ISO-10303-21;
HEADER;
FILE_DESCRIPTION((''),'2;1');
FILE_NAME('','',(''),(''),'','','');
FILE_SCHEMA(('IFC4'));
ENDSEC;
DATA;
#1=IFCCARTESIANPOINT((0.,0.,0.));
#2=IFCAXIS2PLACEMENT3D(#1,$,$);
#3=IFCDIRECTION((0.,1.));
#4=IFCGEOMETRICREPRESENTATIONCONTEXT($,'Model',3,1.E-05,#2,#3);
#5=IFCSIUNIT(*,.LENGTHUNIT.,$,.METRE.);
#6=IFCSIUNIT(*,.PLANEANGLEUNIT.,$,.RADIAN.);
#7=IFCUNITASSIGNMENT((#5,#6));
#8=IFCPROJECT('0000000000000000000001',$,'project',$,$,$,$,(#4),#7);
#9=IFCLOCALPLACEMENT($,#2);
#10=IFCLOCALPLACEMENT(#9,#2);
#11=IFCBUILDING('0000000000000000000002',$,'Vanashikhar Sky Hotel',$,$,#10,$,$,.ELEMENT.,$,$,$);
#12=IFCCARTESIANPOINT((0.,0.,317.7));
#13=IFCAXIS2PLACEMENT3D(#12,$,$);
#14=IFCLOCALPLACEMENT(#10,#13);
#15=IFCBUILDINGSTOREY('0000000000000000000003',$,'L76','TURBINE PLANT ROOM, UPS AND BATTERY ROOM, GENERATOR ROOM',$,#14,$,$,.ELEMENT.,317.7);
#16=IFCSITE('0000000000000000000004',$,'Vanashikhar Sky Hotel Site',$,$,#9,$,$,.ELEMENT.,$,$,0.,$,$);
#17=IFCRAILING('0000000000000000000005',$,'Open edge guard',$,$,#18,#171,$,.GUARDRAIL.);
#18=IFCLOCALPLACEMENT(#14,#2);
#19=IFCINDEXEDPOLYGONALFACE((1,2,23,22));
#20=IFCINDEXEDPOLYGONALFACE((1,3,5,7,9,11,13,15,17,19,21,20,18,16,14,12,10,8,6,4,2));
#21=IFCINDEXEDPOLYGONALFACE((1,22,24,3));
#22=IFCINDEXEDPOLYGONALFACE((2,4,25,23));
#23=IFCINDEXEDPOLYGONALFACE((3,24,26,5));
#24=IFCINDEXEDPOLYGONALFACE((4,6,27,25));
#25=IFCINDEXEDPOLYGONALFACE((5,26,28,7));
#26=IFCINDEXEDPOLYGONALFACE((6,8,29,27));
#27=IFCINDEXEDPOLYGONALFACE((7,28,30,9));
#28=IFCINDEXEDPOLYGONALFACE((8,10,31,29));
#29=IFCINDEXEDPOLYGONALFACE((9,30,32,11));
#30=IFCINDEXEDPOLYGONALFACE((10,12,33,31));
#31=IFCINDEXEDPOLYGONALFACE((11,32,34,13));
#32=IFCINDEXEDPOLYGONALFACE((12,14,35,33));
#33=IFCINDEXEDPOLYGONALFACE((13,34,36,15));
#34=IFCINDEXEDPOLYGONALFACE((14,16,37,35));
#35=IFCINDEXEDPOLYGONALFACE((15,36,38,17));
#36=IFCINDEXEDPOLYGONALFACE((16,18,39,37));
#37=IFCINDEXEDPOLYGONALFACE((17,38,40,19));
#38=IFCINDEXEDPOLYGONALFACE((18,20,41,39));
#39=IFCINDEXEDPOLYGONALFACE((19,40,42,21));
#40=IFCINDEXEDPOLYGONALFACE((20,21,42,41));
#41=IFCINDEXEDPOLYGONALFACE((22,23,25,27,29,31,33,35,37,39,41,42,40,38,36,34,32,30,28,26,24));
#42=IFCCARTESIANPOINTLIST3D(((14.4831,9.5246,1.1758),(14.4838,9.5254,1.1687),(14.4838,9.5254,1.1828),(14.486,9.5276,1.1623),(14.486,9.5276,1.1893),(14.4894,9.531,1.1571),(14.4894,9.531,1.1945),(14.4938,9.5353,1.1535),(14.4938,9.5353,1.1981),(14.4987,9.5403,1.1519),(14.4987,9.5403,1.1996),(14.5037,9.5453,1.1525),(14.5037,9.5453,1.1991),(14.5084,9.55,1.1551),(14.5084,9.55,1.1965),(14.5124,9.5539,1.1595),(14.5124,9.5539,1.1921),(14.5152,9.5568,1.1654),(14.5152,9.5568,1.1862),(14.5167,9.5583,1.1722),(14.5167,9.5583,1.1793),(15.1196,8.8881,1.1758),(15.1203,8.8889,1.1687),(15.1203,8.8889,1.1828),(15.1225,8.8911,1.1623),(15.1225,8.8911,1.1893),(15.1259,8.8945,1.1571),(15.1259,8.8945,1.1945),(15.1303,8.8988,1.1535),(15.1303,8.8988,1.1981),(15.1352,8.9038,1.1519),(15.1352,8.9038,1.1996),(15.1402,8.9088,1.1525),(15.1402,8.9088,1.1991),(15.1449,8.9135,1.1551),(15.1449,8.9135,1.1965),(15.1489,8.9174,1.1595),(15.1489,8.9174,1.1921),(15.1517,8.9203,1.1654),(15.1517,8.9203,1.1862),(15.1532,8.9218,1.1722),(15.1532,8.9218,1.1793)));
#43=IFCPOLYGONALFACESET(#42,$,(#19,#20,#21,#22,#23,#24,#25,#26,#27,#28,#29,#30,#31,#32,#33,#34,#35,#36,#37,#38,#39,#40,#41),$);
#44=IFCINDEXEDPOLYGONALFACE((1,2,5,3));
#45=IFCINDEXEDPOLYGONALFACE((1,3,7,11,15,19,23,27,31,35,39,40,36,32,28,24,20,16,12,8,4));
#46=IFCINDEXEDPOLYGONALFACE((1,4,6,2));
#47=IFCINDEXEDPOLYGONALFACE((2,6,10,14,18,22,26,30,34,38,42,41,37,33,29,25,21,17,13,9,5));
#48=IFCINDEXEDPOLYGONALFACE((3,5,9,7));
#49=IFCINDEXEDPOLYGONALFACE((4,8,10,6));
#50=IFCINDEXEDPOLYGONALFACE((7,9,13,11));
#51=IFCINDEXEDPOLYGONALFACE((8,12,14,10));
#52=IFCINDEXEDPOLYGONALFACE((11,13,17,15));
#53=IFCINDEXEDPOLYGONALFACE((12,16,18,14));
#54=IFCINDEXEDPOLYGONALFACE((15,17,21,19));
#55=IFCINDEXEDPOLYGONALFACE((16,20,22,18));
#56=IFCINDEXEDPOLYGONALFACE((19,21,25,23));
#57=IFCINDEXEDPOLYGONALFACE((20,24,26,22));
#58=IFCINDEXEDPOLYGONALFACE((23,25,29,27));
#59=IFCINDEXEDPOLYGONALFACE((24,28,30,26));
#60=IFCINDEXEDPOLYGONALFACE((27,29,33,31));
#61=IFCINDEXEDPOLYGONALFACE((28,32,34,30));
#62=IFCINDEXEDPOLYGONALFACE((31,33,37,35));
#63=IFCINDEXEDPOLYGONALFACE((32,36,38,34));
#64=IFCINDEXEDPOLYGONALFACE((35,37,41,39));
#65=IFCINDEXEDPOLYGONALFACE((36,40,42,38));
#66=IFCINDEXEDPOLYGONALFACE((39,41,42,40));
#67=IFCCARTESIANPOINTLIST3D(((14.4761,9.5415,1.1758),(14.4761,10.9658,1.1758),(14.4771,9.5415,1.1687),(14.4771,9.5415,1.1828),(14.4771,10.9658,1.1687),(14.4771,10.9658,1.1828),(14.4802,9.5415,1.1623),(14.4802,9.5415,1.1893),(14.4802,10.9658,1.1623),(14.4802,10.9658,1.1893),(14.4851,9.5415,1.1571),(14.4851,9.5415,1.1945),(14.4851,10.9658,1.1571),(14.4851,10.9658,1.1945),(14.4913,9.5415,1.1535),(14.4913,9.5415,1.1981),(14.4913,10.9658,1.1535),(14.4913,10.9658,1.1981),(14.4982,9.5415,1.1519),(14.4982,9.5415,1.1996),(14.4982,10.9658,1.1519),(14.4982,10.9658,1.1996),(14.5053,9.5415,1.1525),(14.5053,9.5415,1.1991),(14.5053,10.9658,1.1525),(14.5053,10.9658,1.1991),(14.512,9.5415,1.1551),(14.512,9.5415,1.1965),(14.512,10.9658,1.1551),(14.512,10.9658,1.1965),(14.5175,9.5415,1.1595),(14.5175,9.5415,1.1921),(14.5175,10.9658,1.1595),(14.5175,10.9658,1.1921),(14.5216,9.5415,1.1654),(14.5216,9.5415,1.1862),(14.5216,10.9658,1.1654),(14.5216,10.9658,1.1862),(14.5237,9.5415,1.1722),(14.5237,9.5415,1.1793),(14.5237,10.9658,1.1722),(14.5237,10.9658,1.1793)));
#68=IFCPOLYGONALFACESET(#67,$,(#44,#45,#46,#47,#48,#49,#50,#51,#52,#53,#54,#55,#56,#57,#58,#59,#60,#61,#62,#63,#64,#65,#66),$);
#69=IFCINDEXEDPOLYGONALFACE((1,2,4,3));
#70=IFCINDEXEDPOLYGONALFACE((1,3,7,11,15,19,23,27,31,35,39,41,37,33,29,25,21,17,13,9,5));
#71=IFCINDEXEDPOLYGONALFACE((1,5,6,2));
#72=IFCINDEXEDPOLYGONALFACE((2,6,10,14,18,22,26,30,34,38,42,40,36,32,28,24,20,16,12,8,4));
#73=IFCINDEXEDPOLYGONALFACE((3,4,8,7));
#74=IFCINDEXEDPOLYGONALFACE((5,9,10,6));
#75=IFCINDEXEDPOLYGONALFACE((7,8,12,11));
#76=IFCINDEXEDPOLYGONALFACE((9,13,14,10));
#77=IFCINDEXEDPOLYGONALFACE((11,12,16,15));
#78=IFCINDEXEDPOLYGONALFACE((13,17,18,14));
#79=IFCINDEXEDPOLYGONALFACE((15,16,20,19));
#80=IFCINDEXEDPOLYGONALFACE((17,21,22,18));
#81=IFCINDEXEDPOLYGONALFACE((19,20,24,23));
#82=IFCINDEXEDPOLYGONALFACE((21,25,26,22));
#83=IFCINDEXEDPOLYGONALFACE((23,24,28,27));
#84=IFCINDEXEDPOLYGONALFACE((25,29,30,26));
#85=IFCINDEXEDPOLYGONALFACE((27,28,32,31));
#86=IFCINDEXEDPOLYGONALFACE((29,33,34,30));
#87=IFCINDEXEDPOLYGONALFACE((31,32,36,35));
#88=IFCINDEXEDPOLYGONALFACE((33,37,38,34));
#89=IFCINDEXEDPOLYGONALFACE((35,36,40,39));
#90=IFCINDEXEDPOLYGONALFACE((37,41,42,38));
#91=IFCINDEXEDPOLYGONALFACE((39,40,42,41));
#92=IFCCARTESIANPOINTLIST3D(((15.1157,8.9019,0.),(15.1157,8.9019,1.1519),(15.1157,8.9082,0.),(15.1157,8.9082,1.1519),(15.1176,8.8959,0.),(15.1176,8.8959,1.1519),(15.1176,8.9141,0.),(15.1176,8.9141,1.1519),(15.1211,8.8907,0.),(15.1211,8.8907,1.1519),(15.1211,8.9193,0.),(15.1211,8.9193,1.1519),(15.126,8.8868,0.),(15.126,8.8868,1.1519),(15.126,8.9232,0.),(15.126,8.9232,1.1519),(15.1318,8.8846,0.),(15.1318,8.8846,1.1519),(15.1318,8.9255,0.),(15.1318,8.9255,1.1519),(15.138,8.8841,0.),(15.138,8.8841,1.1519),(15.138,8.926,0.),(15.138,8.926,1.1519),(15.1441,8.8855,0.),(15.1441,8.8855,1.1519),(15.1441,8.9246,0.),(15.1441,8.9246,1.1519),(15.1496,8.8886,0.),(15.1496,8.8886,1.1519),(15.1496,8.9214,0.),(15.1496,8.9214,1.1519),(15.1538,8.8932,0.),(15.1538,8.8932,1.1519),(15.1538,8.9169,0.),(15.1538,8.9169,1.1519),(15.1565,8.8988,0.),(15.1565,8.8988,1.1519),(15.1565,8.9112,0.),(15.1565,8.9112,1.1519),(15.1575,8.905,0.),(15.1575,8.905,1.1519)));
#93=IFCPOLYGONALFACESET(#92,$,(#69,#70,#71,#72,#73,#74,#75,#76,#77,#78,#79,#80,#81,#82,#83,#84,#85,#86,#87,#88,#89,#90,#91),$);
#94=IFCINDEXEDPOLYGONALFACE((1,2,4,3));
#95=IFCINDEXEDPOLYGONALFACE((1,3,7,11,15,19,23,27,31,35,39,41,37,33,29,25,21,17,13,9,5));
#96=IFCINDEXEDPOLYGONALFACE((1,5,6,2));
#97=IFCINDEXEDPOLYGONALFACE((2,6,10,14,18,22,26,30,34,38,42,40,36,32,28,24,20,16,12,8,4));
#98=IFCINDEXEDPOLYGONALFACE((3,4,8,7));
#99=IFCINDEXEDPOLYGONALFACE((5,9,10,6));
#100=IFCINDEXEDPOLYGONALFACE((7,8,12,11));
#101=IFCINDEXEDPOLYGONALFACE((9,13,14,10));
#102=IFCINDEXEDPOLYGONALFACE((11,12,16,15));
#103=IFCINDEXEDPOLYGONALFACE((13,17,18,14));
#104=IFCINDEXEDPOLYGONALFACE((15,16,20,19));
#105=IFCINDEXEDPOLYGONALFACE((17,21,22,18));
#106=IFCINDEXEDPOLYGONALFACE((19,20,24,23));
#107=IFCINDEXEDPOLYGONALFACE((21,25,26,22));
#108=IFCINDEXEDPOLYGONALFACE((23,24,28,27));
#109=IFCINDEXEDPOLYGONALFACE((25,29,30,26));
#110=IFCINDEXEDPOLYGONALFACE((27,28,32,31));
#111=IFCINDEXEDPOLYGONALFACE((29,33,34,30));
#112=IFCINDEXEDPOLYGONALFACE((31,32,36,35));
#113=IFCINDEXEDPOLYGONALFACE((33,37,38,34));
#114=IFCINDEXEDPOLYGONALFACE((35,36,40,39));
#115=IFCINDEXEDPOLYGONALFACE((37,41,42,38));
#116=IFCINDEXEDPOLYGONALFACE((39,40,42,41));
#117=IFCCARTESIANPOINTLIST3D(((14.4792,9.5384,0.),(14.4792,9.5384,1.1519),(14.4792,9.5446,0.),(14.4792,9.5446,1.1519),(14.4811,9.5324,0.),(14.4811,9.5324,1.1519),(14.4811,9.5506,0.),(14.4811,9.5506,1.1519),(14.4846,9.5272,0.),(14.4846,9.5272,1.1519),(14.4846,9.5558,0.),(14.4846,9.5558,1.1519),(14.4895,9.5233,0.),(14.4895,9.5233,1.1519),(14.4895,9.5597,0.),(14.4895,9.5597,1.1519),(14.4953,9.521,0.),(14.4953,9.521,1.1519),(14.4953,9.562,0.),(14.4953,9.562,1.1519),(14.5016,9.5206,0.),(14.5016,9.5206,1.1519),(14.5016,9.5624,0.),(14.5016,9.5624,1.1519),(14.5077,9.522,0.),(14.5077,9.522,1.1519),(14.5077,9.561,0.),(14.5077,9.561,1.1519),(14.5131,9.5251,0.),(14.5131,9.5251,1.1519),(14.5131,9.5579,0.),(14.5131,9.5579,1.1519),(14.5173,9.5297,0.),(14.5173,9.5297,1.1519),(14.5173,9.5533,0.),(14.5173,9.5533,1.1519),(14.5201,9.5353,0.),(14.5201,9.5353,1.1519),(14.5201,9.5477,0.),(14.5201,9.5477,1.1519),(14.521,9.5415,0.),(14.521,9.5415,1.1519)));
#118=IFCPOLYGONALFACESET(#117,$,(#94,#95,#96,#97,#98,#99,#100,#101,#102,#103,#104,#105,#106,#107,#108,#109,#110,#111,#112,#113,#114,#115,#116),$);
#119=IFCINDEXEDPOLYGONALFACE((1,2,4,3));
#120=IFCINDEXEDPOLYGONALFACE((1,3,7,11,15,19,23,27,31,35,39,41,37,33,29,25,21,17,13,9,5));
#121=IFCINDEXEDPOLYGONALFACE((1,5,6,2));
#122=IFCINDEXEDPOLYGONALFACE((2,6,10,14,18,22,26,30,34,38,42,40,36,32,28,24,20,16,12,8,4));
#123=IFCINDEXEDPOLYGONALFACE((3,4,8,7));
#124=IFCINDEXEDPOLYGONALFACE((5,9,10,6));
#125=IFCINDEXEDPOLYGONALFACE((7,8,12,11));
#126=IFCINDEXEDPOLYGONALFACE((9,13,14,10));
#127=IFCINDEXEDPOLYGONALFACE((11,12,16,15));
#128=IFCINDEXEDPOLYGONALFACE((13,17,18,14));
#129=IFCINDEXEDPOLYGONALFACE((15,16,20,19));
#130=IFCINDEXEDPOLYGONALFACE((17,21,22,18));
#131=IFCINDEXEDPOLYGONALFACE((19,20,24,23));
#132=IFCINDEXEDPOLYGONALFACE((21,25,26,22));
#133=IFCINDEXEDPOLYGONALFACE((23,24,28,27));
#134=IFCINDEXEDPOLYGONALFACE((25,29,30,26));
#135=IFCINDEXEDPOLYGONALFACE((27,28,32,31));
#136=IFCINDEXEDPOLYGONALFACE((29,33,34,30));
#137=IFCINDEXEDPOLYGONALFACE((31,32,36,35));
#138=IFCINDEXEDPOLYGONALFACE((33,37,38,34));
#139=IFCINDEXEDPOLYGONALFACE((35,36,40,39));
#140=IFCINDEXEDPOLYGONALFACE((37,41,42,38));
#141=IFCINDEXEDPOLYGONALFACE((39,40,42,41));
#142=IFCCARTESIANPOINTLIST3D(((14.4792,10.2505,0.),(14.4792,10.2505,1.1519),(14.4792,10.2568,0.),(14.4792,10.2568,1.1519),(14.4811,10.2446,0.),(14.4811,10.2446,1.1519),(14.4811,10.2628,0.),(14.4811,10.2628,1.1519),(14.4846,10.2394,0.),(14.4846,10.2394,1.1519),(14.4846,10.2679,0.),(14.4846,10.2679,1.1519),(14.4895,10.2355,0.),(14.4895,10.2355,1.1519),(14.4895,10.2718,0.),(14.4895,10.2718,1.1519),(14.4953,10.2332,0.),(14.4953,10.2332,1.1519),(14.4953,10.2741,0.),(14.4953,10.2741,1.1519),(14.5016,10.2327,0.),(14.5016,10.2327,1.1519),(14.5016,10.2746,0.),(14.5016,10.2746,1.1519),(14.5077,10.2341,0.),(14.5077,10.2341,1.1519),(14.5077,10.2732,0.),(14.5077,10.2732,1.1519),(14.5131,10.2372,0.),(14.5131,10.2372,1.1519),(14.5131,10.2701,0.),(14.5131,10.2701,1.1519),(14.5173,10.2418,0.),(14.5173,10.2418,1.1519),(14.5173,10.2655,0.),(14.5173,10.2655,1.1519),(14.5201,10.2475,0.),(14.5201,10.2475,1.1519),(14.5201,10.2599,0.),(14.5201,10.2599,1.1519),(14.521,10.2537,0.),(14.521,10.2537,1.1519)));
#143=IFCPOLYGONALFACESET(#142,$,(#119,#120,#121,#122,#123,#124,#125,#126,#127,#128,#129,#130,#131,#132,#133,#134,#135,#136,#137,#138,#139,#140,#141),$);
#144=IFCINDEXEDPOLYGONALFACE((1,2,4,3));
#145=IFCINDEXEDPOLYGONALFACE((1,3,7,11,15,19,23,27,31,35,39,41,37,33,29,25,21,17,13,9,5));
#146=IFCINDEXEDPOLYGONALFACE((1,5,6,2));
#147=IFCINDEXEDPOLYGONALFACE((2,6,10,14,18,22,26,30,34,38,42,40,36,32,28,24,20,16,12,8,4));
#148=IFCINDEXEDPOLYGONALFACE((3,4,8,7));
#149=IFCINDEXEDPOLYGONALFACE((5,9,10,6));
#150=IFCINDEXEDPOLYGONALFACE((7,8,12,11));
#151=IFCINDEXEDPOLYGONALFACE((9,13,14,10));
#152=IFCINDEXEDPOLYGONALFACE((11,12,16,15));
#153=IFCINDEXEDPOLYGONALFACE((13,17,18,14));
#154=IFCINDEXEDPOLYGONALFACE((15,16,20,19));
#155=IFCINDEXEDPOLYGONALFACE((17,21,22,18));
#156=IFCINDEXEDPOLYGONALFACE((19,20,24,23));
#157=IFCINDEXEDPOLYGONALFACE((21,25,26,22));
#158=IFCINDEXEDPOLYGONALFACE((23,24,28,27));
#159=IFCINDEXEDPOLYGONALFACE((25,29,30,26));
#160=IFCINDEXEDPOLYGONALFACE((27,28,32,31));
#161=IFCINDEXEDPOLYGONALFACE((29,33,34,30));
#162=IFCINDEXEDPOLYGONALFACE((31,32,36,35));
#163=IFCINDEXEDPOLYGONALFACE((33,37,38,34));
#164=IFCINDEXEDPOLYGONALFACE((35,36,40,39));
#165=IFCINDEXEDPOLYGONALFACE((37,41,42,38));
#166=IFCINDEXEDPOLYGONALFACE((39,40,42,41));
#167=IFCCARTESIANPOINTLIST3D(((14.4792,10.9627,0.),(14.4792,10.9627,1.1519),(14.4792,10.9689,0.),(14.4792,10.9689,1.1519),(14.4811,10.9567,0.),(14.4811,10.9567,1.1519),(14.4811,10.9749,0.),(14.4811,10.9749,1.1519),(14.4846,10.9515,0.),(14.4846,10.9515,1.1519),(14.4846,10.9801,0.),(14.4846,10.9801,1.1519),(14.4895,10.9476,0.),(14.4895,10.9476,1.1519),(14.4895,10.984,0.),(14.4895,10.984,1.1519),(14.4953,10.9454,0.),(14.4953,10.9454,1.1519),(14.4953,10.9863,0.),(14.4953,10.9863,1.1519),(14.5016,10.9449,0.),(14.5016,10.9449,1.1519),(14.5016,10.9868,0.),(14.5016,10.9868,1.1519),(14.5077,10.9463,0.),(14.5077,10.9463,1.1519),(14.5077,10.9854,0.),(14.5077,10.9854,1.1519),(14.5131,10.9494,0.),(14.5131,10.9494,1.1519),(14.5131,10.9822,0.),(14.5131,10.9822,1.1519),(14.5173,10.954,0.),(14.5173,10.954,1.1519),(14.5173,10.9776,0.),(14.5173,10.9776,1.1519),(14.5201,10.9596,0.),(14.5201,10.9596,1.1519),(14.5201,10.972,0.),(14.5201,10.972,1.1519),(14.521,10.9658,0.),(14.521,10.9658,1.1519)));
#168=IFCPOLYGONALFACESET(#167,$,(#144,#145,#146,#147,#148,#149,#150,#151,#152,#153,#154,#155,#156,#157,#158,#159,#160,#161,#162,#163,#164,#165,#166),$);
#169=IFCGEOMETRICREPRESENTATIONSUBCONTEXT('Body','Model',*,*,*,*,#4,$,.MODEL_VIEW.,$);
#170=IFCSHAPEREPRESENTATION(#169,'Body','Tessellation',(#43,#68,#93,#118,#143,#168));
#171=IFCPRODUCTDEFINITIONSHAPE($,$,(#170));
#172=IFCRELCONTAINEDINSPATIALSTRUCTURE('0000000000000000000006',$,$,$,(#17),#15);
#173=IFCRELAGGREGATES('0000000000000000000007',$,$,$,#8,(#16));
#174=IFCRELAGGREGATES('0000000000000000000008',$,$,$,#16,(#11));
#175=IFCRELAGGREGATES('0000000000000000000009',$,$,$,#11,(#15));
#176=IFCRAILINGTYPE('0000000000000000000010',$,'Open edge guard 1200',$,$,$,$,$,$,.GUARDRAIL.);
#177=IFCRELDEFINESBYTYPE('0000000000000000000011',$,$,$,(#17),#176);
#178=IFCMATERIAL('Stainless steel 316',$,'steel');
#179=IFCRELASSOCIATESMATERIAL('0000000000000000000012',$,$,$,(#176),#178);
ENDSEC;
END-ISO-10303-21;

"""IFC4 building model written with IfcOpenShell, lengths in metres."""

from ifc_helpers import new_model, si_unit, direction, frame, origin, origin_2d, place, context, subcontext, project, spatial, circle, extrude, source, transform, mapped, material, type_object, element, save


model = new_model("IFC4")

# Units and contexts
model_context = context("Model", 3, precision=1e-05, world=origin(), true_north=direction((0.0, 1.0)))
body_context = subcontext(model_context, "Body", "Model", "MODEL_VIEW")
ifc_project = project(units=[si_unit("LENGTHUNIT", "METRE"), si_unit("PLANEANGLEUNIT", "RADIAN")], contexts=[model_context])

# Site, building, storey
site_placement = place(None, origin())
site = spatial("IfcSite", under=ifc_project, at=site_placement, Name="Vanashikhar Sky Hotel Site", CompositionType="ELEMENT", RefElevation=0.0)
building_placement = place(site_placement, origin())
building = spatial("IfcBuilding", under=site, at=building_placement, Name="Vanashikhar Sky Hotel", CompositionType="ELEMENT")
storey_placement = place(building_placement, frame((0.0, 0.0, 317.7)))
storey = spatial("IfcBuildingStorey", under=building, at=storey_placement, Name="L76", Description="TURBINE PLANT ROOM, UPS AND BATTERY ROOM, GENERATOR ROOM", CompositionType="ELEMENT", Elevation=317.7)

# Railing
ifc_material_1 = material(Name="Stainless steel 316", Category="steel")
railing_type = type_object("IfcRailingType", Name="Open edge guard 1200", PredefinedType="GUARDRAIL", material=ifc_material_1)
shared_shape_1 = source(origin(), body_context, "Body", "SweptSolid", [
    extrude(circle(Radius=0.0239, at=origin_2d()), frame((0.0, 0.0, 1.1758), z_axis=(-0.707107, 0.707107, 0.0), x_axis=(-0.707107, -0.707107, 0.0)), (0.0, 0.0, 1.0), 0.9001),
    extrude(circle(Radius=0.0239, at=origin_2d()), frame((-0.6365, 0.6365, 1.1758), z_axis=(0.0, 1.0, 0.0), x_axis=(-1.0, 0.0, 0.0)), (0.0, 0.0, 1.0), 1.4243),
    extrude(circle(Radius=0.021, at=origin_2d()), origin(), (0.0, 0.0, 1.0), 1.1519),
    extrude(circle(Radius=0.021, at=origin_2d()), frame((-0.6365, 0.6365, 0.0)), (0.0, 0.0, 1.0), 1.1519),
    extrude(circle(Radius=0.021, at=origin_2d()), frame((-0.6365, 1.3486, 0.0)), (0.0, 0.0, 1.0), 1.1519),
    extrude(circle(Radius=0.021, at=origin_2d()), frame((-0.6365, 2.0608, 0.0)), (0.0, 0.0, 1.0), 1.1519),
])
railing_1_placement = place(storey_placement, frame((15.1365, 8.905, 0.0)))
element("IfcRailing", 1, at=railing_1_placement, inside=storey, type_object=railing_type, Name="Open edge guard", PredefinedType="GUARDRAIL", context=body_context, shape_type="MappedRepresentation", body=[
    mapped(shared_shape_1, transform((0.0, 0.0, 0.0), scale=1.0)),
])

save(model, "model.ifc")
